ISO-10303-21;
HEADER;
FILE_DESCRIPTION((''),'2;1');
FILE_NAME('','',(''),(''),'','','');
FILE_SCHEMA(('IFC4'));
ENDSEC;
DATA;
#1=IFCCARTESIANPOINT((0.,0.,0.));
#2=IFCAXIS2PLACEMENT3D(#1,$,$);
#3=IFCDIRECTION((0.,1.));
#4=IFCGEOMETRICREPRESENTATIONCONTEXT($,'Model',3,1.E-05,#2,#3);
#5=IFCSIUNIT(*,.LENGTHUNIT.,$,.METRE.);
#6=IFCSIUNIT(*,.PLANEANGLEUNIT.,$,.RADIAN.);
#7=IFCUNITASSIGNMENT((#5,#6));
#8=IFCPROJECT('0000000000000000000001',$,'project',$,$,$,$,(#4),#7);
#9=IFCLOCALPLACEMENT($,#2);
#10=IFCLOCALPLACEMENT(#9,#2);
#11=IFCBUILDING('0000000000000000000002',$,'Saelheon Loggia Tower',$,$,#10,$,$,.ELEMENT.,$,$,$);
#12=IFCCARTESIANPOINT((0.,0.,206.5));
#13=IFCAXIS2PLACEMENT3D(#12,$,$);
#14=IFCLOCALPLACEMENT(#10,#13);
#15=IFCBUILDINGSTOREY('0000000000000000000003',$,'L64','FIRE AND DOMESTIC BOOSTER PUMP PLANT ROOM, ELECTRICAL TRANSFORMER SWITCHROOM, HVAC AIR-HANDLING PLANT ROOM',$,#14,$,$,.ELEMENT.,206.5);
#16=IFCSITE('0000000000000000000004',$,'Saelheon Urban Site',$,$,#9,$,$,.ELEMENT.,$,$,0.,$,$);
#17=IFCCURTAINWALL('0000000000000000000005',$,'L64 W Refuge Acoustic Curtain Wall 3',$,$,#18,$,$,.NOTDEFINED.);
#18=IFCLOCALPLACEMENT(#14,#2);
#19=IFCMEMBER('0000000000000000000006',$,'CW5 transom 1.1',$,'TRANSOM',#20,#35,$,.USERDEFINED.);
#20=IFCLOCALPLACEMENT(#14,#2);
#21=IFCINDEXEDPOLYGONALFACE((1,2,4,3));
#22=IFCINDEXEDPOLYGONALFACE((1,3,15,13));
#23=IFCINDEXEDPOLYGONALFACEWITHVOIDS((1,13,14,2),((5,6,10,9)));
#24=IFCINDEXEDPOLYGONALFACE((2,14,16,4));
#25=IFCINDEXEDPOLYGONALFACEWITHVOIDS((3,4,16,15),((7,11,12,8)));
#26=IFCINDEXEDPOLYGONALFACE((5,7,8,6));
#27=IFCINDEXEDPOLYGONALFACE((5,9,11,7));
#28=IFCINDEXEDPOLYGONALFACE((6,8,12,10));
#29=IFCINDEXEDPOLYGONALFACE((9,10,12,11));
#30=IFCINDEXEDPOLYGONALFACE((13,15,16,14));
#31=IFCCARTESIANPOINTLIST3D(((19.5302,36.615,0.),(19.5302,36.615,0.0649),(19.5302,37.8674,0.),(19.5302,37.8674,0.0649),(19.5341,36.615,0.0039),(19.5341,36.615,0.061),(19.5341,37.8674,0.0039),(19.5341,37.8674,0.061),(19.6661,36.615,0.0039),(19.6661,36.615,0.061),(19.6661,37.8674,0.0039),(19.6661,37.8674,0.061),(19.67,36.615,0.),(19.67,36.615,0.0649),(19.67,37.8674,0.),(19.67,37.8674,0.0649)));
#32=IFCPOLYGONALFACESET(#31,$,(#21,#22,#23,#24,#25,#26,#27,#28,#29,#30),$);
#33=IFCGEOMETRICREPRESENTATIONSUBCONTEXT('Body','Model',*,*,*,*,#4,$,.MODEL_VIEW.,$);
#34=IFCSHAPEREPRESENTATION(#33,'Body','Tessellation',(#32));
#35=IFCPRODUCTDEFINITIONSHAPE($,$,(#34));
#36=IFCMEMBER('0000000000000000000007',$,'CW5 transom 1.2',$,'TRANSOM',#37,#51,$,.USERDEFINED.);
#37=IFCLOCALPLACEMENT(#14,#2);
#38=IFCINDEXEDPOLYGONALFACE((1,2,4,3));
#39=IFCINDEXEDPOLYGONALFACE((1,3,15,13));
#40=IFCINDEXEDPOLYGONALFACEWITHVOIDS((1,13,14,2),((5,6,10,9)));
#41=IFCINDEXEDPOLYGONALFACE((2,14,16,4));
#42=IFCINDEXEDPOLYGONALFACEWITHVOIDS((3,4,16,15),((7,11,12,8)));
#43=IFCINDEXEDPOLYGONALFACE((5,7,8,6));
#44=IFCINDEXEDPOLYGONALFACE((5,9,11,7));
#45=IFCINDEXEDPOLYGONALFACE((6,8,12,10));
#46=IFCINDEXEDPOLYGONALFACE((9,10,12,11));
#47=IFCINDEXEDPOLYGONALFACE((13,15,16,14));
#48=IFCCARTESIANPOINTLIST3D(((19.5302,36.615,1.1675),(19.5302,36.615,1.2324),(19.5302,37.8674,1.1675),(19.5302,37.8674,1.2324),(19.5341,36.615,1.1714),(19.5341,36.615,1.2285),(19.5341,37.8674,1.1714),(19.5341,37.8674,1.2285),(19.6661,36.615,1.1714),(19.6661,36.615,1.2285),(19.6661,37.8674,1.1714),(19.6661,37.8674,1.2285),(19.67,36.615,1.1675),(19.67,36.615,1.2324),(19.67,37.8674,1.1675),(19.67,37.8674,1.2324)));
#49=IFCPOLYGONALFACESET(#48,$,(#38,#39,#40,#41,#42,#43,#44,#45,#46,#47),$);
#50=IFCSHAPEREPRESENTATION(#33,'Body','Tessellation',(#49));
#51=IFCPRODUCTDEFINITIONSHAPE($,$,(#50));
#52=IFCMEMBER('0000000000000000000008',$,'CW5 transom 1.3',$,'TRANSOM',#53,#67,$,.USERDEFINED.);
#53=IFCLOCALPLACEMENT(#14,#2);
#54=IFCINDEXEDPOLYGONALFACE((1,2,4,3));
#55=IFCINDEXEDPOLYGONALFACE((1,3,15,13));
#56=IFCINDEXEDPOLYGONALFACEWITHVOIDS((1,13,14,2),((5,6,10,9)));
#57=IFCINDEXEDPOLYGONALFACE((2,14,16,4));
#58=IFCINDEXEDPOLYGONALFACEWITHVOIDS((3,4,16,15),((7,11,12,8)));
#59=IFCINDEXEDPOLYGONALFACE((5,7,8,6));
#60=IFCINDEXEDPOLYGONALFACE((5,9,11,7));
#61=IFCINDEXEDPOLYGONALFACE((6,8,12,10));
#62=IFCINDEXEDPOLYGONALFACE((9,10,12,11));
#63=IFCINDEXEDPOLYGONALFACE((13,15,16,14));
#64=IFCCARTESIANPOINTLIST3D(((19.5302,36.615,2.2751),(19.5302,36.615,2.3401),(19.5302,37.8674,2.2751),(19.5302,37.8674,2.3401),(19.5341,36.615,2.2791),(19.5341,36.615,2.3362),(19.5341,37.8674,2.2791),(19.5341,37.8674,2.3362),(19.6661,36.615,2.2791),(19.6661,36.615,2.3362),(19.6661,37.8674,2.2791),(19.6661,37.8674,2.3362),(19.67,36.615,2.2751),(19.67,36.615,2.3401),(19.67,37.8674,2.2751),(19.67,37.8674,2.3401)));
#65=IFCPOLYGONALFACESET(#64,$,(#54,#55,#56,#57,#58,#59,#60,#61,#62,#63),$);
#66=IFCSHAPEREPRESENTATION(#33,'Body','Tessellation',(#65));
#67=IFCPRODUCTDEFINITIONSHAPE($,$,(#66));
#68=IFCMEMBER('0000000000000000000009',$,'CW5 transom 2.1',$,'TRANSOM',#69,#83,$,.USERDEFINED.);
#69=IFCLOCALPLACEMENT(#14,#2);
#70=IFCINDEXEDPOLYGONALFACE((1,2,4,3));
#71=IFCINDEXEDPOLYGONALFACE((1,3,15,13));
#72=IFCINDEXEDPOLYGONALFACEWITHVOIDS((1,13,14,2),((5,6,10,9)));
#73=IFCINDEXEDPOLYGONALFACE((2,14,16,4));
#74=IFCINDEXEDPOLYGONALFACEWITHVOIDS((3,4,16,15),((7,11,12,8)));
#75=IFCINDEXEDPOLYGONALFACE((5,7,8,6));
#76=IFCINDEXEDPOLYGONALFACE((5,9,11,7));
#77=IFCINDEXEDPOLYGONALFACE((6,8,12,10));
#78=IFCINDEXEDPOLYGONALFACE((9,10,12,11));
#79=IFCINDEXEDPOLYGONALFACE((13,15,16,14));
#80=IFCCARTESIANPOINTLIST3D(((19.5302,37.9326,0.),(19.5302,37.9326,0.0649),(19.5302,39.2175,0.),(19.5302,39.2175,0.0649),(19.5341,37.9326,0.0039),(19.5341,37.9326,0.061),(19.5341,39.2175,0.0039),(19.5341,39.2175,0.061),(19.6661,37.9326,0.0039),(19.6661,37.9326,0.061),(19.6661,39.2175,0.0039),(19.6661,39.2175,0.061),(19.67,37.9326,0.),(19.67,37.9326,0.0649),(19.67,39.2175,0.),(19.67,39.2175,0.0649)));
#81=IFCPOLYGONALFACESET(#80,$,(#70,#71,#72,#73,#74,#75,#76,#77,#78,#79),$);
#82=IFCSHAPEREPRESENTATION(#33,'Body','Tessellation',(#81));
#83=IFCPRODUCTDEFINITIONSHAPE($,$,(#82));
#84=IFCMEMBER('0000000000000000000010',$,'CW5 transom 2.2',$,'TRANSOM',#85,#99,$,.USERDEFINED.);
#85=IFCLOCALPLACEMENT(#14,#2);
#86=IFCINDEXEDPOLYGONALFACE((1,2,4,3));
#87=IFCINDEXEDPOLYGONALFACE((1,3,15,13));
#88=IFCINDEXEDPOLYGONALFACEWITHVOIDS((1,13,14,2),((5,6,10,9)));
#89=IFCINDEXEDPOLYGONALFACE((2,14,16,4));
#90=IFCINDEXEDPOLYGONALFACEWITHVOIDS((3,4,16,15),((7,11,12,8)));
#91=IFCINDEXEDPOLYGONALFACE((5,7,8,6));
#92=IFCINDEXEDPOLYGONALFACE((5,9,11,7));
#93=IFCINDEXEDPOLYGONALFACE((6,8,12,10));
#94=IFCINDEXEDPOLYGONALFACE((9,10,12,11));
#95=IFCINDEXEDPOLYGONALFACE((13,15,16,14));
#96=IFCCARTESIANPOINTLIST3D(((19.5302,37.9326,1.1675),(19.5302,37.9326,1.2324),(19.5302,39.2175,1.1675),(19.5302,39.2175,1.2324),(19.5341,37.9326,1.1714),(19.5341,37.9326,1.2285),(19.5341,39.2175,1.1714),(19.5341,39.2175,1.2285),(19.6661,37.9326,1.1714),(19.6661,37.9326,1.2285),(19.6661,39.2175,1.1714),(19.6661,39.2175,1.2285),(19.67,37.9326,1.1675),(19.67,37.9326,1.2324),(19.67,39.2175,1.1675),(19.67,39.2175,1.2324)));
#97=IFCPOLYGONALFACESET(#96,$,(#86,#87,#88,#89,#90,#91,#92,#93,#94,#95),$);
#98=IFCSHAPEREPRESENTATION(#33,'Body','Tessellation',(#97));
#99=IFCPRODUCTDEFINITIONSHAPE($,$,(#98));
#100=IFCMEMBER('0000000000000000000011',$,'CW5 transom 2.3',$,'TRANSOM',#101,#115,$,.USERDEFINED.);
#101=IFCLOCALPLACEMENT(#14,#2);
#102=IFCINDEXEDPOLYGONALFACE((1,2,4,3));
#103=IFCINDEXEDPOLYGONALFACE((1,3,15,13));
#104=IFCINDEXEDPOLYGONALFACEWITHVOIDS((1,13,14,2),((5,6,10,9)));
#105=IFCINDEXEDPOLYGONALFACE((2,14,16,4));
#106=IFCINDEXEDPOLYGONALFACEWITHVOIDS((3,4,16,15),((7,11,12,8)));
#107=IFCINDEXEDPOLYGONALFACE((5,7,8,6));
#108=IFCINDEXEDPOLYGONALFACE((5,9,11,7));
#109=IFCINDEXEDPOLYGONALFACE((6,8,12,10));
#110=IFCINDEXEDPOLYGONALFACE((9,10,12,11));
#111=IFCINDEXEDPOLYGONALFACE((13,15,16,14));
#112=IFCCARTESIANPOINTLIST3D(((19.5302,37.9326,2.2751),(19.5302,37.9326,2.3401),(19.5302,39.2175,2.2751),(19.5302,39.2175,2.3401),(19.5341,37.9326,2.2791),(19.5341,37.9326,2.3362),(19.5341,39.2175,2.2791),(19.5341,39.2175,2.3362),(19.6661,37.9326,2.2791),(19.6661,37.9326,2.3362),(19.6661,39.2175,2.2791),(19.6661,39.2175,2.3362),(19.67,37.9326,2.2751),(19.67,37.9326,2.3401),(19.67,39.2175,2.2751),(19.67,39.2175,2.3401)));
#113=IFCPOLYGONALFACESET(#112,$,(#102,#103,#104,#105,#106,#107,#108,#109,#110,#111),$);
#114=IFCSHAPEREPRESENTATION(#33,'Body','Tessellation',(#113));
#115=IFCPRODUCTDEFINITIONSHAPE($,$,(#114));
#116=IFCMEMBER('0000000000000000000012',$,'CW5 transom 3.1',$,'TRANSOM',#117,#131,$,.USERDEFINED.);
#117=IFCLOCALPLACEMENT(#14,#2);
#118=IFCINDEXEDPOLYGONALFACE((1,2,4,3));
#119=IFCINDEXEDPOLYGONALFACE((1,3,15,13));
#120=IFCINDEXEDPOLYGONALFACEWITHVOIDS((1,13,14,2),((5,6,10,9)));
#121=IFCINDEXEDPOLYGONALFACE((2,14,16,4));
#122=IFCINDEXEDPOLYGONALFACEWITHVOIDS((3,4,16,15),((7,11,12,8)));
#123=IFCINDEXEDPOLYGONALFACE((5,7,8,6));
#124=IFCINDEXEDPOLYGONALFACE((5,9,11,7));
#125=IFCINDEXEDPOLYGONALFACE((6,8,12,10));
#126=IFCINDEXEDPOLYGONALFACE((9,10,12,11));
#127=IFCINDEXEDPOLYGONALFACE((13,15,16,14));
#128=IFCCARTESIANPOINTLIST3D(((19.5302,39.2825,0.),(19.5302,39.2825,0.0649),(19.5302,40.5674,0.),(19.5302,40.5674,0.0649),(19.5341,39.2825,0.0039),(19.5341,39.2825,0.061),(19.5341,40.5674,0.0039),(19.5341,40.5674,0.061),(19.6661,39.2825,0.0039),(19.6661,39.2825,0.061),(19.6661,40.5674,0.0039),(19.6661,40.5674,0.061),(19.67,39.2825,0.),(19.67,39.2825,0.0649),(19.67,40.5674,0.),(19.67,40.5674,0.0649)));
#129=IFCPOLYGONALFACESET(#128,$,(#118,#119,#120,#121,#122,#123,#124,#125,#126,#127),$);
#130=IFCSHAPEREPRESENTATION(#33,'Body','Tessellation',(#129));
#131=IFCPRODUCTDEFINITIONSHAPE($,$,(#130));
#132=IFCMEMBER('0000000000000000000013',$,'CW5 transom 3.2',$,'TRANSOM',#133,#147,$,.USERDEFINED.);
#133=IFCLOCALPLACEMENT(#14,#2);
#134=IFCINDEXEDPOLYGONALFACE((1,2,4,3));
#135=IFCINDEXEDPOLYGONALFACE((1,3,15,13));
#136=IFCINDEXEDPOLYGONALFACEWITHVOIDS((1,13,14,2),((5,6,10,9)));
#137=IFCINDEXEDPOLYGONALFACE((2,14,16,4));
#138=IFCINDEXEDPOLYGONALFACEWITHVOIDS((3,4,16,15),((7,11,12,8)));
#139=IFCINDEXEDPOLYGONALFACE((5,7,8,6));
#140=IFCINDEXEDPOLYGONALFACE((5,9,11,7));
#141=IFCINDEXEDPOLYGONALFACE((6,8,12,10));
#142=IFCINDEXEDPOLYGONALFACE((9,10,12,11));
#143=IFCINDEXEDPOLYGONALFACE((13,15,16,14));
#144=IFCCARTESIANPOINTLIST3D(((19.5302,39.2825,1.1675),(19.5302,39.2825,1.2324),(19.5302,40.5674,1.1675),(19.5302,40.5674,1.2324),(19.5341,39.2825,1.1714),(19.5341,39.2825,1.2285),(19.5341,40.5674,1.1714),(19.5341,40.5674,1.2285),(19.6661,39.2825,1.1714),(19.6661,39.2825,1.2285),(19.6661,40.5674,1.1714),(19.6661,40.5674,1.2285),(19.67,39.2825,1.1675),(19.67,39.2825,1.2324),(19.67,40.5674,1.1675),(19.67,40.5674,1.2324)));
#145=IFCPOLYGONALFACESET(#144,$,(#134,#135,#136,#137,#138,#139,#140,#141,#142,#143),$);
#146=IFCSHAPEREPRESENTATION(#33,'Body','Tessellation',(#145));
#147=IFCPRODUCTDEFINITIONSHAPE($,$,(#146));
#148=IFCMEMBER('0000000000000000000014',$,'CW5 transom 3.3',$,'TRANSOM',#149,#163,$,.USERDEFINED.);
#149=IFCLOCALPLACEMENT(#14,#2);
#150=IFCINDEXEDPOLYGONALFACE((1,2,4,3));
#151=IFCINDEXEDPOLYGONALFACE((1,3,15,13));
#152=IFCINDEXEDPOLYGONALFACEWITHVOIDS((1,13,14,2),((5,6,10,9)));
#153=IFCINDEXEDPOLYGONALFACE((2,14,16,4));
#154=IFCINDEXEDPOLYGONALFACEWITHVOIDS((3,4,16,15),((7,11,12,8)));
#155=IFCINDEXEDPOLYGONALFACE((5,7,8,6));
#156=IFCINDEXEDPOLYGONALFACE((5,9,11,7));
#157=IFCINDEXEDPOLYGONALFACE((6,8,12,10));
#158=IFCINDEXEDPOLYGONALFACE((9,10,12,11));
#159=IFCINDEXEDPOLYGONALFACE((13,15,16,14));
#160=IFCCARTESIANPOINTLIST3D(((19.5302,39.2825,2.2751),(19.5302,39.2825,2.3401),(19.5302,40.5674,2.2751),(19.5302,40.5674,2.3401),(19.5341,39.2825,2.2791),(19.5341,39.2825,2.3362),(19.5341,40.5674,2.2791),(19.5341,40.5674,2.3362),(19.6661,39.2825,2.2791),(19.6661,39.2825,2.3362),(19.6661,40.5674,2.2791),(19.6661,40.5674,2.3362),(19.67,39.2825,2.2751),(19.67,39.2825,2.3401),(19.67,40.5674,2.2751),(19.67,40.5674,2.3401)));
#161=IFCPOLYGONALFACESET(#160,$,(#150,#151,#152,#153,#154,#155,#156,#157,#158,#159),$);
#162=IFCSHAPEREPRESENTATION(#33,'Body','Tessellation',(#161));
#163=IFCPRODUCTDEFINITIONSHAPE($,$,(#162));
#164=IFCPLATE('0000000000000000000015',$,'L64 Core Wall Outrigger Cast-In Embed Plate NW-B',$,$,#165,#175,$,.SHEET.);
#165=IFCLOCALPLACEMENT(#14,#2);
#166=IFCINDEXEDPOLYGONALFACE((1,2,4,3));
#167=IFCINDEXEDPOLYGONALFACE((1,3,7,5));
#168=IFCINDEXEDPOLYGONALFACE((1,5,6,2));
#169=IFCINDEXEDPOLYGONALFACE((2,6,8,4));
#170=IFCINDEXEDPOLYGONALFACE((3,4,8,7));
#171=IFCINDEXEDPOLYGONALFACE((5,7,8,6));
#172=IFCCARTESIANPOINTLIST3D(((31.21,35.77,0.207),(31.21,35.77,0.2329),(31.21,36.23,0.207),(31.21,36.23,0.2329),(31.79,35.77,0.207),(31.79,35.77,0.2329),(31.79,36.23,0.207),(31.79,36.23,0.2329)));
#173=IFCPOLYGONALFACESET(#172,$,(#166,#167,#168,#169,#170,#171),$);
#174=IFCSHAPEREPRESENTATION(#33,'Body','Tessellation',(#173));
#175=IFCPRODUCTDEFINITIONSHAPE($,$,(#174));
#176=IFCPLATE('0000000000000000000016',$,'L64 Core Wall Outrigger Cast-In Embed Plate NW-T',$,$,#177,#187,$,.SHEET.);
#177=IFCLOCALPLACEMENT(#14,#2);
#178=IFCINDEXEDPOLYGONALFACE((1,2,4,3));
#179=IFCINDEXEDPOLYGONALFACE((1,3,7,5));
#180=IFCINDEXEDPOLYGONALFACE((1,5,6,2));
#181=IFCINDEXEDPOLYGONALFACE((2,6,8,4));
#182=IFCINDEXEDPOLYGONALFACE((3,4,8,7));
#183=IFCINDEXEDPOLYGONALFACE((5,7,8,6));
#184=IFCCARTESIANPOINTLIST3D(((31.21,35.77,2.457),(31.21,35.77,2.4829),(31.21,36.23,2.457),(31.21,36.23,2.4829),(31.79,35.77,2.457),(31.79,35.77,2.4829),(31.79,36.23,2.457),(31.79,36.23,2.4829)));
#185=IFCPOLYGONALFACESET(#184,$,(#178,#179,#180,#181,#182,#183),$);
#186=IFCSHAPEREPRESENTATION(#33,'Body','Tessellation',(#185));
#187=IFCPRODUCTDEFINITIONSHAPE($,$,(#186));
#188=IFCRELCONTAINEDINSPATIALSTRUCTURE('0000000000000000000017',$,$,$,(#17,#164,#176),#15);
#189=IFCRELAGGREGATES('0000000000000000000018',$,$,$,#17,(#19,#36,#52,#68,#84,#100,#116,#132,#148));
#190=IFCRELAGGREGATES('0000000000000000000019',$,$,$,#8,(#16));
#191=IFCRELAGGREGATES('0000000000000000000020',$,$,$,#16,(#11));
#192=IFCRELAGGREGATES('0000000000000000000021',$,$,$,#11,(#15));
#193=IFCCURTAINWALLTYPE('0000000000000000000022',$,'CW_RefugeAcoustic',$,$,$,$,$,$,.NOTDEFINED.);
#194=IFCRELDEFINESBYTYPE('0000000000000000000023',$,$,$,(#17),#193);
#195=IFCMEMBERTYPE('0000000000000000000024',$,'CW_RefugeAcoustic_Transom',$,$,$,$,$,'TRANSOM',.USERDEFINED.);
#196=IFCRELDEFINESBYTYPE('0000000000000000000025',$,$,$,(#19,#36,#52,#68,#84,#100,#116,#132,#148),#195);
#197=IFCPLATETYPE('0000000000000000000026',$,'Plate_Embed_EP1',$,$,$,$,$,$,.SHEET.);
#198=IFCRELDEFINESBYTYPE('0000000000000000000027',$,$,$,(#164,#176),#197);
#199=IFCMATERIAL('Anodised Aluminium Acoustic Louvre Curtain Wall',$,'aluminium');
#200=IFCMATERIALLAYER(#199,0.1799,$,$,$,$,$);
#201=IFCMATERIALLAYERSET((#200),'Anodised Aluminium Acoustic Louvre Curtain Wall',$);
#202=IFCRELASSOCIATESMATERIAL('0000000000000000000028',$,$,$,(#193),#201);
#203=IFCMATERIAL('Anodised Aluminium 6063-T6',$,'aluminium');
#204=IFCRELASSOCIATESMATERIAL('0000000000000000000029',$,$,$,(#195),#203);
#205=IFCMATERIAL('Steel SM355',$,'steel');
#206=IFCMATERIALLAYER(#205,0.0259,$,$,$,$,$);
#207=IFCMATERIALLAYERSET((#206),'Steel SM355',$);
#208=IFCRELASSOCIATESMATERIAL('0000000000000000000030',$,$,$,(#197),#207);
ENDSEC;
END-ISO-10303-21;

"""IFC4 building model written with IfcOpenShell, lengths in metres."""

from ifc_helpers import new_model, si_unit, direction, frame, origin, origin_2d, place, context, subcontext, project, spatial, rectangle, hollow_rectangle, extrude, source, transform, mapped, material, layer, layer_set, material_profile, profile_set, type_object, element, aggregate, save


model = new_model("IFC4")

# Units and contexts
model_context = context("Model", 3, precision=1e-05, world=origin(), true_north=direction((0.0, 1.0)))
body_context = subcontext(model_context, "Body", "Model", "MODEL_VIEW")
ifc_project = project(units=[si_unit("LENGTHUNIT", "METRE"), si_unit("PLANEANGLEUNIT", "RADIAN")], contexts=[model_context])

# Site, building, storey
site_placement = place(None, origin())
site = spatial("IfcSite", under=ifc_project, at=site_placement, Name="Saelheon Urban Site", CompositionType="ELEMENT", RefElevation=0.0)
building_placement = place(site_placement, origin())
building = spatial("IfcBuilding", under=site, at=building_placement, Name="Saelheon Loggia Tower", CompositionType="ELEMENT")
storey_placement = place(building_placement, frame((0.0, 0.0, 206.5)))
storey = spatial("IfcBuildingStorey", under=building, at=storey_placement, Name="L64", Description="FIRE AND DOMESTIC BOOSTER PUMP PLANT ROOM, ELECTRICAL TRANSFORMER SWITCHROOM, HVAC AIR-HANDLING PLANT ROOM", CompositionType="ELEMENT", Elevation=206.5)

# Shared definitions
ifc_material_1 = material(Name="Steel SM355", Category="steel")

# Curtain wall, members
ifc_material_2 = material(Name="Anodised Aluminium Acoustic Louvre Curtain Wall", Category="aluminium")
ifc_layer_1 = layer(ifc_material_2, 0.1799)
ifc_layer_set_1 = layer_set([ifc_layer_1], Name="Anodised Aluminium Acoustic Louvre Curtain Wall")
curtain_wall_type = type_object("IfcCurtainWallType", Name="CW_RefugeAcoustic", PredefinedType="NOTDEFINED", material=ifc_layer_set_1)
curtain_wall_placement = place(storey_placement, origin())
curtain_wall = element("IfcCurtainWall", 1, at=curtain_wall_placement, inside=storey, type_object=curtain_wall_type, Name="L64 W Refuge Acoustic Curtain Wall 3", PredefinedType="NOTDEFINED")
ifc_material_3 = material(Name="Anodised Aluminium 6063-T6", Category="aluminium")
ifc_material_profile_1 = material_profile(ifc_material_3, hollow_rectangle(XDim=0.0649, YDim=0.1399, WallThickness=0.0039, at=origin_2d()), Name="RHS-140x65x4")
ifc_profile_set_1 = profile_set([ifc_material_profile_1], Name="Anodised Aluminium 6063-T6")
member_type_1 = type_object("IfcMemberType", Name="CW_RefugeAcoustic_Transom", ElementType="TRANSOM", PredefinedType="USERDEFINED", material=ifc_profile_set_1)
shared_shape_1 = source(origin(), body_context, "Body", "SweptSolid", [
    extrude(hollow_rectangle(XDim=0.0649, YDim=0.1399, WallThickness=0.0039, at=origin_2d()), origin(), (0.0, 0.0, 1.0), 1.2524),
])
member_1_placement = place(storey_placement, frame((19.6001, 36.615, 0.0325), z_axis=(0.0, 1.0, 0.0), x_axis=(0.0, 0.0, 1.0)))
member_1 = element("IfcMember", 2, at=member_1_placement, type_object=member_type_1, Name="CW5 transom 1.1", ObjectType="TRANSOM", PredefinedType="USERDEFINED", context=body_context, shape_type="MappedRepresentation", body=[
    mapped(shared_shape_1, transform((0.0, 0.0, 0.0), scale=1.0)),
])
member_2_placement = place(storey_placement, frame((19.6001, 36.615, 1.2), z_axis=(0.0, 1.0, 0.0), x_axis=(0.0, 0.0, 1.0)))
member_2 = element("IfcMember", 3, at=member_2_placement, type_object=member_type_1, Name="CW5 transom 1.2", ObjectType="TRANSOM", PredefinedType="USERDEFINED", context=body_context, shape_type="MappedRepresentation", body=[
    mapped(shared_shape_1, transform((0.0, 0.0, 0.0), scale=1.0)),
])
member_3_placement = place(storey_placement, frame((19.6001, 36.615, 2.3076), z_axis=(0.0, 1.0, 0.0), x_axis=(0.0, 0.0, 1.0)))
member_3 = element("IfcMember", 4, at=member_3_placement, type_object=member_type_1, Name="CW5 transom 1.3", ObjectType="TRANSOM", PredefinedType="USERDEFINED", context=body_context, shape_type="MappedRepresentation", body=[
    mapped(shared_shape_1, transform((0.0, 0.0, 0.0), scale=1.0)),
])
shared_shape_2 = source(origin(), body_context, "Body", "SweptSolid", [
    extrude(hollow_rectangle(XDim=0.0649, YDim=0.1399, WallThickness=0.0039, at=origin_2d()), origin(), (0.0, 0.0, 1.0), 1.2849),
])
member_4_placement = place(storey_placement, frame((19.6001, 37.9326, 0.0325), z_axis=(0.0, 1.0, 0.0), x_axis=(0.0, 0.0, 1.0)))
member_4 = element("IfcMember", 5, at=member_4_placement, type_object=member_type_1, Name="CW5 transom 2.1", ObjectType="TRANSOM", PredefinedType="USERDEFINED", context=body_context, shape_type="MappedRepresentation", body=[
    mapped(shared_shape_2, transform((0.0, 0.0, 0.0), scale=1.0)),
])
member_5_placement = place(storey_placement, frame((19.6001, 37.9326, 1.2), z_axis=(0.0, 1.0, 0.0), x_axis=(0.0, 0.0, 1.0)))
member_5 = element("IfcMember", 6, at=member_5_placement, type_object=member_type_1, Name="CW5 transom 2.2", ObjectType="TRANSOM", PredefinedType="USERDEFINED", context=body_context, shape_type="MappedRepresentation", body=[
    mapped(shared_shape_2, transform((0.0, 0.0, 0.0), scale=1.0)),
])
member_6_placement = place(storey_placement, frame((19.6001, 37.9326, 2.3076), z_axis=(0.0, 1.0, 0.0), x_axis=(0.0, 0.0, 1.0)))
member_6 = element("IfcMember", 7, at=member_6_placement, type_object=member_type_1, Name="CW5 transom 2.3", ObjectType="TRANSOM", PredefinedType="USERDEFINED", context=body_context, shape_type="MappedRepresentation", body=[
    mapped(shared_shape_2, transform((0.0, 0.0, 0.0), scale=1.0)),
])
member_7_placement = place(storey_placement, frame((19.6001, 39.2825, 0.0325), z_axis=(0.0, 1.0, 0.0), x_axis=(0.0, 0.0, 1.0)))
member_7 = element("IfcMember", 8, at=member_7_placement, type_object=member_type_1, Name="CW5 transom 3.1", ObjectType="TRANSOM", PredefinedType="USERDEFINED", context=body_context, shape_type="MappedRepresentation", body=[
    mapped(shared_shape_2, transform((0.0, 0.0, 0.0), scale=1.0)),
])
member_8_placement = place(storey_placement, frame((19.6001, 39.2825, 1.2), z_axis=(0.0, 1.0, 0.0), x_axis=(0.0, 0.0, 1.0)))
member_8 = element("IfcMember", 9, at=member_8_placement, type_object=member_type_1, Name="CW5 transom 3.2", ObjectType="TRANSOM", PredefinedType="USERDEFINED", context=body_context, shape_type="MappedRepresentation", body=[
    mapped(shared_shape_2, transform((0.0, 0.0, 0.0), scale=1.0)),
])
member_9_placement = place(storey_placement, frame((19.6001, 39.2825, 2.3076), z_axis=(0.0, 1.0, 0.0), x_axis=(0.0, 0.0, 1.0)))
member_9 = element("IfcMember", 10, at=member_9_placement, type_object=member_type_1, Name="CW5 transom 3.3", ObjectType="TRANSOM", PredefinedType="USERDEFINED", context=body_context, shape_type="MappedRepresentation", body=[
    mapped(shared_shape_2, transform((0.0, 0.0, 0.0), scale=1.0)),
])

# Plates
ifc_layer_2 = layer(ifc_material_1, 0.0259)
ifc_layer_set_2 = layer_set([ifc_layer_2], Name="Steel SM355")
plate_type_1 = type_object("IfcPlateType", Name="Plate_Embed_EP1", PredefinedType="SHEET", material=ifc_layer_set_2)
shared_shape_3 = source(origin(), body_context, "Body", "SweptSolid", [
    extrude(rectangle(XDim=0.5801, YDim=0.46, at=origin_2d()), origin(), (0.0, 0.0, 1.0), 0.0259),
])
for number, where, z_axis, x_axis, name in (
    (11, (31.5, 36.0, 0.207), (0.0, 0.0, 1.0), (1.0, 0.0, 0.0), "L64 Core Wall Outrigger Cast-In Embed Plate NW-B"),
    (12, (31.5, 36.0, 2.457), (0.0, 0.0, 1.0), (1.0, 0.0, 0.0), "L64 Core Wall Outrigger Cast-In Embed Plate NW-T"),
):
    element("IfcPlate", number, at=place(storey_placement, frame(where, z_axis=z_axis, x_axis=x_axis)), inside=storey, type_object=plate_type_1, Name=name, PredefinedType="SHEET", context=body_context, shape_type="MappedRepresentation", body=[
        mapped(shared_shape_3, transform((0.0, 0.0, 0.0), scale=1.0)),
    ])

aggregate(curtain_wall, [member_1, member_2, member_3, member_4, member_5, member_6, member_7, member_8, member_9])

save(model, "model.ifc")
